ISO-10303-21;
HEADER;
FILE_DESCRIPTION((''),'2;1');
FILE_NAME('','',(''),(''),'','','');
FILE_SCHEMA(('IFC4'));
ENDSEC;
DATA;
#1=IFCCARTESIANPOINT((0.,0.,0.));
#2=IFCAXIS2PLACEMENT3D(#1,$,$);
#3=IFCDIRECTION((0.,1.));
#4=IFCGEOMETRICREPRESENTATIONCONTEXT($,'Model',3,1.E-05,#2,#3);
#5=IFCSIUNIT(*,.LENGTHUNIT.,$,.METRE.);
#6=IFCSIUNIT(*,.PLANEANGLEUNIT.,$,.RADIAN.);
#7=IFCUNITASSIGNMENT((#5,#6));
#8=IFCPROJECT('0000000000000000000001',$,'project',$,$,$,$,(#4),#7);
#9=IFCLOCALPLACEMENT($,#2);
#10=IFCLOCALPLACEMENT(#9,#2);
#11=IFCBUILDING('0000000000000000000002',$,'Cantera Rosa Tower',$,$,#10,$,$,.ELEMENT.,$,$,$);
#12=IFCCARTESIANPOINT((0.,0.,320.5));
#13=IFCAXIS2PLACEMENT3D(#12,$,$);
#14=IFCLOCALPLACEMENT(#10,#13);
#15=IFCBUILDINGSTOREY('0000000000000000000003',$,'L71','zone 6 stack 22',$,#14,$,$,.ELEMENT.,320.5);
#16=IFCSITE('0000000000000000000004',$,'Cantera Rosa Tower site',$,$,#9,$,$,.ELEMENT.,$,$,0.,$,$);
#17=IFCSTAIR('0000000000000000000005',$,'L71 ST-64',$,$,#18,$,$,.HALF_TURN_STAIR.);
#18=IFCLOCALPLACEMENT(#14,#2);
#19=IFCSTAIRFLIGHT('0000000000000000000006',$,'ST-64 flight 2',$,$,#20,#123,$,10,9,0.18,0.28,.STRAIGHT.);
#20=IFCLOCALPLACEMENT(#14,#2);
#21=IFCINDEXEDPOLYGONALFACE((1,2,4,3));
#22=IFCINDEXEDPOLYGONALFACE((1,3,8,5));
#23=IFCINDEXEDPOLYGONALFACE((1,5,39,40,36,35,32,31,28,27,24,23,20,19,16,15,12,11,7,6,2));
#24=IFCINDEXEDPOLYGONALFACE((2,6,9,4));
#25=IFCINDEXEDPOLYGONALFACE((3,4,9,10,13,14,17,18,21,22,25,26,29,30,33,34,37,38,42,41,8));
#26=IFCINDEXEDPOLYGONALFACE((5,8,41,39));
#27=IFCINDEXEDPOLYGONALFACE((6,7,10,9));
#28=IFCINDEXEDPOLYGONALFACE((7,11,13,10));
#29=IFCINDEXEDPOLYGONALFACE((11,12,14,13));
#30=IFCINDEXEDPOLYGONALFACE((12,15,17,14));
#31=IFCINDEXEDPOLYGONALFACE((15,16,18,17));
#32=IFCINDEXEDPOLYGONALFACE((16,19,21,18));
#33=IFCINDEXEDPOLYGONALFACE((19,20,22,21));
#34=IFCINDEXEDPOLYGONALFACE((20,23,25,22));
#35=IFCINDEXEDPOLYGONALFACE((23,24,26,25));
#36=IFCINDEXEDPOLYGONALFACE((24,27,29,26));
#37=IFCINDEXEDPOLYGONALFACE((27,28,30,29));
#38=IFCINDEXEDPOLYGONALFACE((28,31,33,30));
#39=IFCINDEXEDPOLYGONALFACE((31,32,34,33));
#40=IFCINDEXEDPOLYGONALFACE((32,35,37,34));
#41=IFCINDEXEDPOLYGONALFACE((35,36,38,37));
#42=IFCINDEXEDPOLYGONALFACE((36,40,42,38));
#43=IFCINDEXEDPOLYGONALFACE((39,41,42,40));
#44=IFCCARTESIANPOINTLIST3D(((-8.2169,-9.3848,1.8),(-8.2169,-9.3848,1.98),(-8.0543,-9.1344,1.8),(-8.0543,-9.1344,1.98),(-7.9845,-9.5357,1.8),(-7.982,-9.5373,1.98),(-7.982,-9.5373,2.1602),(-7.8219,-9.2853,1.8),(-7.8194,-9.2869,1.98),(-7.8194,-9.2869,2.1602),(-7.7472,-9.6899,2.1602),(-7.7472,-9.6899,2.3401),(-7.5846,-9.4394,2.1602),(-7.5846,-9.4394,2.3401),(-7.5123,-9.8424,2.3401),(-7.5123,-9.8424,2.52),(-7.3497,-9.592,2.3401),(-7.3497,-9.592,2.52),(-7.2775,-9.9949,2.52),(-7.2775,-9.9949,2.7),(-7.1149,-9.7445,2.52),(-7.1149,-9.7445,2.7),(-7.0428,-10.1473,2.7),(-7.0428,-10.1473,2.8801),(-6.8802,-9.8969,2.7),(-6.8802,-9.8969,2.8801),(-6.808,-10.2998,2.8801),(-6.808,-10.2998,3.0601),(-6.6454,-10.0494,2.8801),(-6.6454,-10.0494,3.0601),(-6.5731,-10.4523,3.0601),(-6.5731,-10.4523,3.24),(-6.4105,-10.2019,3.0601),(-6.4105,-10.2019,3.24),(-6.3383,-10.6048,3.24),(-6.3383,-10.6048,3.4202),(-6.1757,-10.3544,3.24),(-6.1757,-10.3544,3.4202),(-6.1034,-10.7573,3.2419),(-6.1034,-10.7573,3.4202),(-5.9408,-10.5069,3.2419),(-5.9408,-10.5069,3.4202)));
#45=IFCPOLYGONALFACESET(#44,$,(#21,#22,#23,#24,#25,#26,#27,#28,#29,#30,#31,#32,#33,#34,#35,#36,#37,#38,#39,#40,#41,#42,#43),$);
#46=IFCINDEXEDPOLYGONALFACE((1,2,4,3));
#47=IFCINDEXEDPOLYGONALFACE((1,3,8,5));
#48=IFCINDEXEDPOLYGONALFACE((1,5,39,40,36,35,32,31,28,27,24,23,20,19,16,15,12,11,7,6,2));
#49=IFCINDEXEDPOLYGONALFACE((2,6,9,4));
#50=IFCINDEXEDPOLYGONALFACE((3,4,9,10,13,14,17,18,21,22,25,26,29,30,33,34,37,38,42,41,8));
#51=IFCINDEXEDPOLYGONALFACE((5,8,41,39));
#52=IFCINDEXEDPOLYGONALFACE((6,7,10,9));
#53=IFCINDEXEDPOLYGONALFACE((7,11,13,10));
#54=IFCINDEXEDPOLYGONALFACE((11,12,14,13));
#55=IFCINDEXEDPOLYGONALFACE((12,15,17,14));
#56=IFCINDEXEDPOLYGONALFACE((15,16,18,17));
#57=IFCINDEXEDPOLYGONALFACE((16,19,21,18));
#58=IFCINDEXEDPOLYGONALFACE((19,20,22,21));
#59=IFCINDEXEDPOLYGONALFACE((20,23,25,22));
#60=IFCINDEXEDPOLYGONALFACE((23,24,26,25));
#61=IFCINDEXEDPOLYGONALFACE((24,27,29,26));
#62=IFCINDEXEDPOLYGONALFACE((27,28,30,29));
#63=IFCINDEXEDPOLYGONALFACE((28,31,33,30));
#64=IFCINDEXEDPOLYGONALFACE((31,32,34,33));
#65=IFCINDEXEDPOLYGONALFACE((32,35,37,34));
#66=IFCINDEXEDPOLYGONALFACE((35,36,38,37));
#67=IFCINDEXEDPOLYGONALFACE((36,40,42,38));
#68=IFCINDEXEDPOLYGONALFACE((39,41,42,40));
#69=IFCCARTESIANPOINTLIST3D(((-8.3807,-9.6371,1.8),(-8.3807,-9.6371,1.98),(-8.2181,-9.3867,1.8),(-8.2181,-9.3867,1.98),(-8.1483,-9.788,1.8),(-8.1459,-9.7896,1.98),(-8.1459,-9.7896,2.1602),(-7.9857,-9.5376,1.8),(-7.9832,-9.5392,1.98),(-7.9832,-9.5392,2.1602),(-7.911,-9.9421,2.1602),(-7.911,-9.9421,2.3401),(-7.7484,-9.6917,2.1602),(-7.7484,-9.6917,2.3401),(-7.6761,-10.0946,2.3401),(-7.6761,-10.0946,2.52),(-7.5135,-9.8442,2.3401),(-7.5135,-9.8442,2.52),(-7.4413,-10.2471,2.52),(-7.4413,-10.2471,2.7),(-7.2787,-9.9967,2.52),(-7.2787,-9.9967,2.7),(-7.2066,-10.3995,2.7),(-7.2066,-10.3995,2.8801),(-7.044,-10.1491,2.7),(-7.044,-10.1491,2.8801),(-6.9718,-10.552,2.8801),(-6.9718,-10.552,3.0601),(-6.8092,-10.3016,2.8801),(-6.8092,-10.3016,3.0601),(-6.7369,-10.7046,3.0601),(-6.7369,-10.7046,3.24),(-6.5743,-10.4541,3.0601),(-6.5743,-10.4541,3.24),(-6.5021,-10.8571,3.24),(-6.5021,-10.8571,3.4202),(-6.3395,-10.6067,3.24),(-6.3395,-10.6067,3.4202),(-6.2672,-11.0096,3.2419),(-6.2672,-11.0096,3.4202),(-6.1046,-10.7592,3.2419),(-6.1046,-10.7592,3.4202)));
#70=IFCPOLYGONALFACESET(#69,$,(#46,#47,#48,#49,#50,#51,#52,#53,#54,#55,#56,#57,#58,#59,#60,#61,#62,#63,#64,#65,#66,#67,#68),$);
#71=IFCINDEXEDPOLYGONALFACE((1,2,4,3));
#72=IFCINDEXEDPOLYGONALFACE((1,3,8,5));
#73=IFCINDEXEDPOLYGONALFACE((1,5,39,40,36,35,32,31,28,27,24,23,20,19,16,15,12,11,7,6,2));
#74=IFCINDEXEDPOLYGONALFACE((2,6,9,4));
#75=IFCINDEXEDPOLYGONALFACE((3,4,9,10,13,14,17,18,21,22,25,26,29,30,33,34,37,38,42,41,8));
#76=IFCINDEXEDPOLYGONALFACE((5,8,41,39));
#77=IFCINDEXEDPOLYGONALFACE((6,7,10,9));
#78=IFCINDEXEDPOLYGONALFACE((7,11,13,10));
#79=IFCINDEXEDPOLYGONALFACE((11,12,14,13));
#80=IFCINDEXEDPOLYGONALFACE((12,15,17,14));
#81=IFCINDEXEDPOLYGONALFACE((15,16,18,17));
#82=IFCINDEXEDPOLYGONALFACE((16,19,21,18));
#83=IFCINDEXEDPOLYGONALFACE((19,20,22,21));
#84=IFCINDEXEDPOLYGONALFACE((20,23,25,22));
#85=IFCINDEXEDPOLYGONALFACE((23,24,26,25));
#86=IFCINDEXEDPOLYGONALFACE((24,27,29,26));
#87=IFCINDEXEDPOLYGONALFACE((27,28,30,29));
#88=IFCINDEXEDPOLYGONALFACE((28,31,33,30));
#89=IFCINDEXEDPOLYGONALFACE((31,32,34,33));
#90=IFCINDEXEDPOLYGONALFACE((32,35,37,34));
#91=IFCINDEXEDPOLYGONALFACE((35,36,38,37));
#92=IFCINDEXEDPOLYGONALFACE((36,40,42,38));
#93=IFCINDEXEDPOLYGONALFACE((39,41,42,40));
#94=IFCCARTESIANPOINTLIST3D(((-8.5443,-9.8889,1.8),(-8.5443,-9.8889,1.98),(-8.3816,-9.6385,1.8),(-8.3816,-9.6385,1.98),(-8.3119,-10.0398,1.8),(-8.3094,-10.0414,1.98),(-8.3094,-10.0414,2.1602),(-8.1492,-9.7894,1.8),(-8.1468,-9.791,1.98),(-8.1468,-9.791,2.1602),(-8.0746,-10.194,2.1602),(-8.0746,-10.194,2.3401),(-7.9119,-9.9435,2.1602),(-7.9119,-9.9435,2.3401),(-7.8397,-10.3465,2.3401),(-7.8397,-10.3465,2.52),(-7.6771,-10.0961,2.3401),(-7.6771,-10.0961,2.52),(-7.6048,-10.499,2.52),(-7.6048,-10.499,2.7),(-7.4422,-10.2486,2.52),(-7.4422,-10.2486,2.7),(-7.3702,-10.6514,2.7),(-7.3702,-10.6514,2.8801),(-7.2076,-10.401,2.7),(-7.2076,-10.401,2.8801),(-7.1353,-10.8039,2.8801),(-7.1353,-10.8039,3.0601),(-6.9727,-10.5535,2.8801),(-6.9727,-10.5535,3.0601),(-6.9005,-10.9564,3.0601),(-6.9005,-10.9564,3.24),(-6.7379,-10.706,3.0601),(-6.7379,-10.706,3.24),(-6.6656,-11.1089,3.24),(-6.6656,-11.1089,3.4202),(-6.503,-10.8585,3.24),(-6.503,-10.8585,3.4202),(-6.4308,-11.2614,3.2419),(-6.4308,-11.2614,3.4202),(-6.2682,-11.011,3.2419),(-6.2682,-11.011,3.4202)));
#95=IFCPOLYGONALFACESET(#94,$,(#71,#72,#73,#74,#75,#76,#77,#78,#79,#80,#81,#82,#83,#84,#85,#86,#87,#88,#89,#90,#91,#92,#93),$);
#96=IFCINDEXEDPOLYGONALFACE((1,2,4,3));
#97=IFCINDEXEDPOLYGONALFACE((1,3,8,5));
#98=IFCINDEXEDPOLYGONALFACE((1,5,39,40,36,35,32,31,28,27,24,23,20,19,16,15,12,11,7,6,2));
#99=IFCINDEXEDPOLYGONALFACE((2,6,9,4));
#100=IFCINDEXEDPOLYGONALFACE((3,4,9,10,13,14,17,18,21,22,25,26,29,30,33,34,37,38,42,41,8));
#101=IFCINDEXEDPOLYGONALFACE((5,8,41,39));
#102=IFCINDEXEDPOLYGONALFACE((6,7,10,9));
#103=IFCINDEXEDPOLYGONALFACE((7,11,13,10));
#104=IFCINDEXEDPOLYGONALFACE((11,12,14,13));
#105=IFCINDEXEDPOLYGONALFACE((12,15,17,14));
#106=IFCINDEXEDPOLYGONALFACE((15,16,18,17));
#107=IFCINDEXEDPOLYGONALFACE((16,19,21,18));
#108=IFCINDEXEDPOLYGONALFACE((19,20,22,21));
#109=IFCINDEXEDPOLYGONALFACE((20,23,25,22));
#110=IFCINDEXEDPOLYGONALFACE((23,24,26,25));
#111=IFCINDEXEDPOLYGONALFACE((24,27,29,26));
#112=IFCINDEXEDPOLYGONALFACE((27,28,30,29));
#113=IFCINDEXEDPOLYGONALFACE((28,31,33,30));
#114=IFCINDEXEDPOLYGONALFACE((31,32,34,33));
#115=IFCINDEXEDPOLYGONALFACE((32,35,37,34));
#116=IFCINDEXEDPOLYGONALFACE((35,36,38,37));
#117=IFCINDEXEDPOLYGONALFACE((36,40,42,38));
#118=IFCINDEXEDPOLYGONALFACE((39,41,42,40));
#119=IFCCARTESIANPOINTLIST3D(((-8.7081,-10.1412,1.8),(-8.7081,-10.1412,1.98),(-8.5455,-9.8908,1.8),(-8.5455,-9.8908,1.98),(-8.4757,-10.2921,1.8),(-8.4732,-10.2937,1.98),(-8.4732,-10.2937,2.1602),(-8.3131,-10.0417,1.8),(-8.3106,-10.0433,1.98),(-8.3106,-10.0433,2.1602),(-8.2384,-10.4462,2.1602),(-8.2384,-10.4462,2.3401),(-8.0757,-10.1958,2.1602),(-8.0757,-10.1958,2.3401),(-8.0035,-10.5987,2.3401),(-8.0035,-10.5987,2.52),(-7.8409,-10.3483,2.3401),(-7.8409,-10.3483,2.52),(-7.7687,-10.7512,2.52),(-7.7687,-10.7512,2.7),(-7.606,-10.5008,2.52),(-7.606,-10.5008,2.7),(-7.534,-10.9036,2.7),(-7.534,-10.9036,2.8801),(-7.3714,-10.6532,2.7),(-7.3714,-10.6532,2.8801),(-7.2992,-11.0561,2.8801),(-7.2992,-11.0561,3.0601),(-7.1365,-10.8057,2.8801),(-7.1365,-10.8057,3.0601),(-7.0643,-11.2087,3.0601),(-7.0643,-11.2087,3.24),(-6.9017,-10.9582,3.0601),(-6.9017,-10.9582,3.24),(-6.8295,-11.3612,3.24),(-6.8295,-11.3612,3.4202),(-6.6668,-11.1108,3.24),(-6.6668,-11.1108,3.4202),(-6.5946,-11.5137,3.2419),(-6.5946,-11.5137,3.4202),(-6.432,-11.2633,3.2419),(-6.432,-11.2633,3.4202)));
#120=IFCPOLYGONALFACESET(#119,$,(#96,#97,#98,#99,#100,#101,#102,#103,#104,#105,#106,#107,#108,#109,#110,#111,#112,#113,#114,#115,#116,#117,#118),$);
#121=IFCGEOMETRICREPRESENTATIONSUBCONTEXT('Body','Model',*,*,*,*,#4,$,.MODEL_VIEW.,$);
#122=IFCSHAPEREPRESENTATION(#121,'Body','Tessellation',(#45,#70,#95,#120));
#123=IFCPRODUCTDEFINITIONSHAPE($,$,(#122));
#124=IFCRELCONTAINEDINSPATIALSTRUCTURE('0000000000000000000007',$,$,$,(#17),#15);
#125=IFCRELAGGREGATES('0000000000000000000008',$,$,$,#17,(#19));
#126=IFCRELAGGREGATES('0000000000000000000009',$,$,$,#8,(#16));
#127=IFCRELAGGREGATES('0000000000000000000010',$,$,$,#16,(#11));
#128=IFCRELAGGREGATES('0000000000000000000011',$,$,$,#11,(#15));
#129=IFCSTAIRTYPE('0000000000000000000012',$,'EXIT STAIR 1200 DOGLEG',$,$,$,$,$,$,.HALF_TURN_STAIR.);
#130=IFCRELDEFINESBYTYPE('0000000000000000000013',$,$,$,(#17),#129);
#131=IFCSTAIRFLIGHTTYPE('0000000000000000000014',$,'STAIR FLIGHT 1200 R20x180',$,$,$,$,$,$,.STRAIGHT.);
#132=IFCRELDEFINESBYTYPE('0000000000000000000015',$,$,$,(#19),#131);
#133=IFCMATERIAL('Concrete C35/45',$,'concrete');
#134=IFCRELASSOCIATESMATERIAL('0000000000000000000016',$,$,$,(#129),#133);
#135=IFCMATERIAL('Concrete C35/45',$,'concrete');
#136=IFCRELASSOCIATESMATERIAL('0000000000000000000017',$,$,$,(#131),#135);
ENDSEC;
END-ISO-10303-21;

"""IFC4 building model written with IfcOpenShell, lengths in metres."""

from ifc_helpers import new_model, si_unit, direction, frame, origin, place, context, subcontext, project, spatial, polyline, outline, extrude, material, type_object, element, aggregate, save


model = new_model("IFC4")

# Units and contexts
model_context = context("Model", 3, precision=1e-05, world=origin(), true_north=direction((0.0, 1.0)))
body_context = subcontext(model_context, "Body", "Model", "MODEL_VIEW")
ifc_project = project(units=[si_unit("LENGTHUNIT", "METRE"), si_unit("PLANEANGLEUNIT", "RADIAN")], contexts=[model_context])

# Site, building, storey
site_placement = place(None, origin())
site = spatial("IfcSite", under=ifc_project, at=site_placement, Name="Cantera Rosa Tower site", CompositionType="ELEMENT", RefElevation=0.0)
building_placement = place(site_placement, origin())
building = spatial("IfcBuilding", under=site, at=building_placement, Name="Cantera Rosa Tower", CompositionType="ELEMENT")
storey_placement = place(building_placement, frame((0.0, 0.0, 320.5)))
storey = spatial("IfcBuildingStorey", under=building, at=storey_placement, Name="L71", Description="zone 6 stack 22", CompositionType="ELEMENT", Elevation=320.5)

# Stair, stair flight
ifc_material_1 = material(Name="Concrete C35/45", Category="concrete")
stair_type = type_object("IfcStairType", Name="EXIT STAIR 1200 DOGLEG", PredefinedType="HALF_TURN_STAIR", material=ifc_material_1)
stair_placement = place(storey_placement, origin())
stair = element("IfcStair", 1, at=stair_placement, inside=storey, type_object=stair_type, Name="L71 ST-64", PredefinedType="HALF_TURN_STAIR")
ifc_material_2 = material(Name="Concrete C35/45", Category="concrete")
stair_flight_type = type_object("IfcStairFlightType", Name="STAIR FLIGHT 1200 R20x180", PredefinedType="STRAIGHT", material=ifc_material_2)
stair_flight_1_placement = place(storey_placement, frame((-8.3811, -9.6377, 1.8), z_axis=(0.0, 0.0, 1.0), x_axis=(0.838671, -0.544639, 0.0)))
stair_flight_1 = element("IfcStairFlight", 2, at=stair_flight_1_placement, type_object=stair_flight_type, Name="ST-64 flight 2", NumberOfRisers=10, NumberOfTreads=9, PredefinedType="STRAIGHT", RiserHeight=0.18, TreadLength=0.28, context=body_context, shape_type="SweptSolid", body=[
    extrude(outline(polyline([(0.0, 0.0), (0.0, 0.1799), (0.28, 0.1799), (0.28, 0.3601), (0.5601, 0.3601), (0.5601, 0.54), (0.8401, 0.54), (0.8401, 0.72), (1.1201, 0.72), (1.1201, 0.8999), (1.3999, 0.8999), (1.3999, 1.0801), (1.6799, 1.0801), (1.6799, 1.26), (1.96, 1.26), (1.96, 1.4399), (2.24, 1.4399), (2.24, 1.6201), (2.52, 1.6201), (2.52, 1.8), (2.52, 1.4419), (0.2771, 0.0), (0.0, 0.0)])), frame((0.0, 0.6001, 0.0), z_axis=(0.0, -1.0, 0.0), x_axis=(1.0, 0.0, 0.0)), (0.0, 0.0, 1.0), 0.2986),
    extrude(outline(polyline([(0.0, 0.0), (0.0, 0.1799), (0.28, 0.1799), (0.28, 0.3601), (0.5601, 0.3601), (0.5601, 0.54), (0.8401, 0.54), (0.8401, 0.72), (1.1201, 0.72), (1.1201, 0.8999), (1.3999, 0.8999), (1.3999, 1.0801), (1.6799, 1.0801), (1.6799, 1.26), (1.96, 1.26), (1.96, 1.4399), (2.24, 1.4399), (2.24, 1.6201), (2.52, 1.6201), (2.52, 1.8), (2.52, 1.4419), (0.2771, 0.0), (0.0, 0.0)])), frame((0.0, 0.2993, 0.0), z_axis=(0.0, -1.0, 0.0), x_axis=(1.0, 0.0, 0.0)), (0.0, 0.0, 1.0), 0.2986),
    extrude(outline(polyline([(0.0, 0.0), (0.0, 0.1799), (0.28, 0.1799), (0.28, 0.3601), (0.5601, 0.3601), (0.5601, 0.54), (0.8401, 0.54), (0.8401, 0.72), (1.1201, 0.72), (1.1201, 0.8999), (1.3999, 0.8999), (1.3999, 1.0801), (1.6799, 1.0801), (1.6799, 1.26), (1.96, 1.26), (1.96, 1.4399), (2.24, 1.4399), (2.24, 1.6201), (2.52, 1.6201), (2.52, 1.8), (2.52, 1.4419), (0.2771, 0.0), (0.0, 0.0)])), frame((0.0, -0.001, 0.0), z_axis=(0.0, -1.0, 0.0), x_axis=(1.0, 0.0, 0.0)), (0.0, 0.0, 1.0), 0.2986),
    extrude(outline(polyline([(0.0, 0.0), (0.0, 0.1799), (0.28, 0.1799), (0.28, 0.3601), (0.5601, 0.3601), (0.5601, 0.54), (0.8401, 0.54), (0.8401, 0.72), (1.1201, 0.72), (1.1201, 0.8999), (1.3999, 0.8999), (1.3999, 1.0801), (1.6799, 1.0801), (1.6799, 1.26), (1.96, 1.26), (1.96, 1.4399), (2.24, 1.4399), (2.24, 1.6201), (2.52, 1.6201), (2.52, 1.8), (2.52, 1.4419), (0.2771, 0.0), (0.0, 0.0)])), frame((0.0, -0.3018, 0.0), z_axis=(0.0, -1.0, 0.0), x_axis=(1.0, 0.0, 0.0)), (0.0, 0.0, 1.0), 0.2986),
])
aggregate(stair, [stair_flight_1])

save(model, "model.ifc")
